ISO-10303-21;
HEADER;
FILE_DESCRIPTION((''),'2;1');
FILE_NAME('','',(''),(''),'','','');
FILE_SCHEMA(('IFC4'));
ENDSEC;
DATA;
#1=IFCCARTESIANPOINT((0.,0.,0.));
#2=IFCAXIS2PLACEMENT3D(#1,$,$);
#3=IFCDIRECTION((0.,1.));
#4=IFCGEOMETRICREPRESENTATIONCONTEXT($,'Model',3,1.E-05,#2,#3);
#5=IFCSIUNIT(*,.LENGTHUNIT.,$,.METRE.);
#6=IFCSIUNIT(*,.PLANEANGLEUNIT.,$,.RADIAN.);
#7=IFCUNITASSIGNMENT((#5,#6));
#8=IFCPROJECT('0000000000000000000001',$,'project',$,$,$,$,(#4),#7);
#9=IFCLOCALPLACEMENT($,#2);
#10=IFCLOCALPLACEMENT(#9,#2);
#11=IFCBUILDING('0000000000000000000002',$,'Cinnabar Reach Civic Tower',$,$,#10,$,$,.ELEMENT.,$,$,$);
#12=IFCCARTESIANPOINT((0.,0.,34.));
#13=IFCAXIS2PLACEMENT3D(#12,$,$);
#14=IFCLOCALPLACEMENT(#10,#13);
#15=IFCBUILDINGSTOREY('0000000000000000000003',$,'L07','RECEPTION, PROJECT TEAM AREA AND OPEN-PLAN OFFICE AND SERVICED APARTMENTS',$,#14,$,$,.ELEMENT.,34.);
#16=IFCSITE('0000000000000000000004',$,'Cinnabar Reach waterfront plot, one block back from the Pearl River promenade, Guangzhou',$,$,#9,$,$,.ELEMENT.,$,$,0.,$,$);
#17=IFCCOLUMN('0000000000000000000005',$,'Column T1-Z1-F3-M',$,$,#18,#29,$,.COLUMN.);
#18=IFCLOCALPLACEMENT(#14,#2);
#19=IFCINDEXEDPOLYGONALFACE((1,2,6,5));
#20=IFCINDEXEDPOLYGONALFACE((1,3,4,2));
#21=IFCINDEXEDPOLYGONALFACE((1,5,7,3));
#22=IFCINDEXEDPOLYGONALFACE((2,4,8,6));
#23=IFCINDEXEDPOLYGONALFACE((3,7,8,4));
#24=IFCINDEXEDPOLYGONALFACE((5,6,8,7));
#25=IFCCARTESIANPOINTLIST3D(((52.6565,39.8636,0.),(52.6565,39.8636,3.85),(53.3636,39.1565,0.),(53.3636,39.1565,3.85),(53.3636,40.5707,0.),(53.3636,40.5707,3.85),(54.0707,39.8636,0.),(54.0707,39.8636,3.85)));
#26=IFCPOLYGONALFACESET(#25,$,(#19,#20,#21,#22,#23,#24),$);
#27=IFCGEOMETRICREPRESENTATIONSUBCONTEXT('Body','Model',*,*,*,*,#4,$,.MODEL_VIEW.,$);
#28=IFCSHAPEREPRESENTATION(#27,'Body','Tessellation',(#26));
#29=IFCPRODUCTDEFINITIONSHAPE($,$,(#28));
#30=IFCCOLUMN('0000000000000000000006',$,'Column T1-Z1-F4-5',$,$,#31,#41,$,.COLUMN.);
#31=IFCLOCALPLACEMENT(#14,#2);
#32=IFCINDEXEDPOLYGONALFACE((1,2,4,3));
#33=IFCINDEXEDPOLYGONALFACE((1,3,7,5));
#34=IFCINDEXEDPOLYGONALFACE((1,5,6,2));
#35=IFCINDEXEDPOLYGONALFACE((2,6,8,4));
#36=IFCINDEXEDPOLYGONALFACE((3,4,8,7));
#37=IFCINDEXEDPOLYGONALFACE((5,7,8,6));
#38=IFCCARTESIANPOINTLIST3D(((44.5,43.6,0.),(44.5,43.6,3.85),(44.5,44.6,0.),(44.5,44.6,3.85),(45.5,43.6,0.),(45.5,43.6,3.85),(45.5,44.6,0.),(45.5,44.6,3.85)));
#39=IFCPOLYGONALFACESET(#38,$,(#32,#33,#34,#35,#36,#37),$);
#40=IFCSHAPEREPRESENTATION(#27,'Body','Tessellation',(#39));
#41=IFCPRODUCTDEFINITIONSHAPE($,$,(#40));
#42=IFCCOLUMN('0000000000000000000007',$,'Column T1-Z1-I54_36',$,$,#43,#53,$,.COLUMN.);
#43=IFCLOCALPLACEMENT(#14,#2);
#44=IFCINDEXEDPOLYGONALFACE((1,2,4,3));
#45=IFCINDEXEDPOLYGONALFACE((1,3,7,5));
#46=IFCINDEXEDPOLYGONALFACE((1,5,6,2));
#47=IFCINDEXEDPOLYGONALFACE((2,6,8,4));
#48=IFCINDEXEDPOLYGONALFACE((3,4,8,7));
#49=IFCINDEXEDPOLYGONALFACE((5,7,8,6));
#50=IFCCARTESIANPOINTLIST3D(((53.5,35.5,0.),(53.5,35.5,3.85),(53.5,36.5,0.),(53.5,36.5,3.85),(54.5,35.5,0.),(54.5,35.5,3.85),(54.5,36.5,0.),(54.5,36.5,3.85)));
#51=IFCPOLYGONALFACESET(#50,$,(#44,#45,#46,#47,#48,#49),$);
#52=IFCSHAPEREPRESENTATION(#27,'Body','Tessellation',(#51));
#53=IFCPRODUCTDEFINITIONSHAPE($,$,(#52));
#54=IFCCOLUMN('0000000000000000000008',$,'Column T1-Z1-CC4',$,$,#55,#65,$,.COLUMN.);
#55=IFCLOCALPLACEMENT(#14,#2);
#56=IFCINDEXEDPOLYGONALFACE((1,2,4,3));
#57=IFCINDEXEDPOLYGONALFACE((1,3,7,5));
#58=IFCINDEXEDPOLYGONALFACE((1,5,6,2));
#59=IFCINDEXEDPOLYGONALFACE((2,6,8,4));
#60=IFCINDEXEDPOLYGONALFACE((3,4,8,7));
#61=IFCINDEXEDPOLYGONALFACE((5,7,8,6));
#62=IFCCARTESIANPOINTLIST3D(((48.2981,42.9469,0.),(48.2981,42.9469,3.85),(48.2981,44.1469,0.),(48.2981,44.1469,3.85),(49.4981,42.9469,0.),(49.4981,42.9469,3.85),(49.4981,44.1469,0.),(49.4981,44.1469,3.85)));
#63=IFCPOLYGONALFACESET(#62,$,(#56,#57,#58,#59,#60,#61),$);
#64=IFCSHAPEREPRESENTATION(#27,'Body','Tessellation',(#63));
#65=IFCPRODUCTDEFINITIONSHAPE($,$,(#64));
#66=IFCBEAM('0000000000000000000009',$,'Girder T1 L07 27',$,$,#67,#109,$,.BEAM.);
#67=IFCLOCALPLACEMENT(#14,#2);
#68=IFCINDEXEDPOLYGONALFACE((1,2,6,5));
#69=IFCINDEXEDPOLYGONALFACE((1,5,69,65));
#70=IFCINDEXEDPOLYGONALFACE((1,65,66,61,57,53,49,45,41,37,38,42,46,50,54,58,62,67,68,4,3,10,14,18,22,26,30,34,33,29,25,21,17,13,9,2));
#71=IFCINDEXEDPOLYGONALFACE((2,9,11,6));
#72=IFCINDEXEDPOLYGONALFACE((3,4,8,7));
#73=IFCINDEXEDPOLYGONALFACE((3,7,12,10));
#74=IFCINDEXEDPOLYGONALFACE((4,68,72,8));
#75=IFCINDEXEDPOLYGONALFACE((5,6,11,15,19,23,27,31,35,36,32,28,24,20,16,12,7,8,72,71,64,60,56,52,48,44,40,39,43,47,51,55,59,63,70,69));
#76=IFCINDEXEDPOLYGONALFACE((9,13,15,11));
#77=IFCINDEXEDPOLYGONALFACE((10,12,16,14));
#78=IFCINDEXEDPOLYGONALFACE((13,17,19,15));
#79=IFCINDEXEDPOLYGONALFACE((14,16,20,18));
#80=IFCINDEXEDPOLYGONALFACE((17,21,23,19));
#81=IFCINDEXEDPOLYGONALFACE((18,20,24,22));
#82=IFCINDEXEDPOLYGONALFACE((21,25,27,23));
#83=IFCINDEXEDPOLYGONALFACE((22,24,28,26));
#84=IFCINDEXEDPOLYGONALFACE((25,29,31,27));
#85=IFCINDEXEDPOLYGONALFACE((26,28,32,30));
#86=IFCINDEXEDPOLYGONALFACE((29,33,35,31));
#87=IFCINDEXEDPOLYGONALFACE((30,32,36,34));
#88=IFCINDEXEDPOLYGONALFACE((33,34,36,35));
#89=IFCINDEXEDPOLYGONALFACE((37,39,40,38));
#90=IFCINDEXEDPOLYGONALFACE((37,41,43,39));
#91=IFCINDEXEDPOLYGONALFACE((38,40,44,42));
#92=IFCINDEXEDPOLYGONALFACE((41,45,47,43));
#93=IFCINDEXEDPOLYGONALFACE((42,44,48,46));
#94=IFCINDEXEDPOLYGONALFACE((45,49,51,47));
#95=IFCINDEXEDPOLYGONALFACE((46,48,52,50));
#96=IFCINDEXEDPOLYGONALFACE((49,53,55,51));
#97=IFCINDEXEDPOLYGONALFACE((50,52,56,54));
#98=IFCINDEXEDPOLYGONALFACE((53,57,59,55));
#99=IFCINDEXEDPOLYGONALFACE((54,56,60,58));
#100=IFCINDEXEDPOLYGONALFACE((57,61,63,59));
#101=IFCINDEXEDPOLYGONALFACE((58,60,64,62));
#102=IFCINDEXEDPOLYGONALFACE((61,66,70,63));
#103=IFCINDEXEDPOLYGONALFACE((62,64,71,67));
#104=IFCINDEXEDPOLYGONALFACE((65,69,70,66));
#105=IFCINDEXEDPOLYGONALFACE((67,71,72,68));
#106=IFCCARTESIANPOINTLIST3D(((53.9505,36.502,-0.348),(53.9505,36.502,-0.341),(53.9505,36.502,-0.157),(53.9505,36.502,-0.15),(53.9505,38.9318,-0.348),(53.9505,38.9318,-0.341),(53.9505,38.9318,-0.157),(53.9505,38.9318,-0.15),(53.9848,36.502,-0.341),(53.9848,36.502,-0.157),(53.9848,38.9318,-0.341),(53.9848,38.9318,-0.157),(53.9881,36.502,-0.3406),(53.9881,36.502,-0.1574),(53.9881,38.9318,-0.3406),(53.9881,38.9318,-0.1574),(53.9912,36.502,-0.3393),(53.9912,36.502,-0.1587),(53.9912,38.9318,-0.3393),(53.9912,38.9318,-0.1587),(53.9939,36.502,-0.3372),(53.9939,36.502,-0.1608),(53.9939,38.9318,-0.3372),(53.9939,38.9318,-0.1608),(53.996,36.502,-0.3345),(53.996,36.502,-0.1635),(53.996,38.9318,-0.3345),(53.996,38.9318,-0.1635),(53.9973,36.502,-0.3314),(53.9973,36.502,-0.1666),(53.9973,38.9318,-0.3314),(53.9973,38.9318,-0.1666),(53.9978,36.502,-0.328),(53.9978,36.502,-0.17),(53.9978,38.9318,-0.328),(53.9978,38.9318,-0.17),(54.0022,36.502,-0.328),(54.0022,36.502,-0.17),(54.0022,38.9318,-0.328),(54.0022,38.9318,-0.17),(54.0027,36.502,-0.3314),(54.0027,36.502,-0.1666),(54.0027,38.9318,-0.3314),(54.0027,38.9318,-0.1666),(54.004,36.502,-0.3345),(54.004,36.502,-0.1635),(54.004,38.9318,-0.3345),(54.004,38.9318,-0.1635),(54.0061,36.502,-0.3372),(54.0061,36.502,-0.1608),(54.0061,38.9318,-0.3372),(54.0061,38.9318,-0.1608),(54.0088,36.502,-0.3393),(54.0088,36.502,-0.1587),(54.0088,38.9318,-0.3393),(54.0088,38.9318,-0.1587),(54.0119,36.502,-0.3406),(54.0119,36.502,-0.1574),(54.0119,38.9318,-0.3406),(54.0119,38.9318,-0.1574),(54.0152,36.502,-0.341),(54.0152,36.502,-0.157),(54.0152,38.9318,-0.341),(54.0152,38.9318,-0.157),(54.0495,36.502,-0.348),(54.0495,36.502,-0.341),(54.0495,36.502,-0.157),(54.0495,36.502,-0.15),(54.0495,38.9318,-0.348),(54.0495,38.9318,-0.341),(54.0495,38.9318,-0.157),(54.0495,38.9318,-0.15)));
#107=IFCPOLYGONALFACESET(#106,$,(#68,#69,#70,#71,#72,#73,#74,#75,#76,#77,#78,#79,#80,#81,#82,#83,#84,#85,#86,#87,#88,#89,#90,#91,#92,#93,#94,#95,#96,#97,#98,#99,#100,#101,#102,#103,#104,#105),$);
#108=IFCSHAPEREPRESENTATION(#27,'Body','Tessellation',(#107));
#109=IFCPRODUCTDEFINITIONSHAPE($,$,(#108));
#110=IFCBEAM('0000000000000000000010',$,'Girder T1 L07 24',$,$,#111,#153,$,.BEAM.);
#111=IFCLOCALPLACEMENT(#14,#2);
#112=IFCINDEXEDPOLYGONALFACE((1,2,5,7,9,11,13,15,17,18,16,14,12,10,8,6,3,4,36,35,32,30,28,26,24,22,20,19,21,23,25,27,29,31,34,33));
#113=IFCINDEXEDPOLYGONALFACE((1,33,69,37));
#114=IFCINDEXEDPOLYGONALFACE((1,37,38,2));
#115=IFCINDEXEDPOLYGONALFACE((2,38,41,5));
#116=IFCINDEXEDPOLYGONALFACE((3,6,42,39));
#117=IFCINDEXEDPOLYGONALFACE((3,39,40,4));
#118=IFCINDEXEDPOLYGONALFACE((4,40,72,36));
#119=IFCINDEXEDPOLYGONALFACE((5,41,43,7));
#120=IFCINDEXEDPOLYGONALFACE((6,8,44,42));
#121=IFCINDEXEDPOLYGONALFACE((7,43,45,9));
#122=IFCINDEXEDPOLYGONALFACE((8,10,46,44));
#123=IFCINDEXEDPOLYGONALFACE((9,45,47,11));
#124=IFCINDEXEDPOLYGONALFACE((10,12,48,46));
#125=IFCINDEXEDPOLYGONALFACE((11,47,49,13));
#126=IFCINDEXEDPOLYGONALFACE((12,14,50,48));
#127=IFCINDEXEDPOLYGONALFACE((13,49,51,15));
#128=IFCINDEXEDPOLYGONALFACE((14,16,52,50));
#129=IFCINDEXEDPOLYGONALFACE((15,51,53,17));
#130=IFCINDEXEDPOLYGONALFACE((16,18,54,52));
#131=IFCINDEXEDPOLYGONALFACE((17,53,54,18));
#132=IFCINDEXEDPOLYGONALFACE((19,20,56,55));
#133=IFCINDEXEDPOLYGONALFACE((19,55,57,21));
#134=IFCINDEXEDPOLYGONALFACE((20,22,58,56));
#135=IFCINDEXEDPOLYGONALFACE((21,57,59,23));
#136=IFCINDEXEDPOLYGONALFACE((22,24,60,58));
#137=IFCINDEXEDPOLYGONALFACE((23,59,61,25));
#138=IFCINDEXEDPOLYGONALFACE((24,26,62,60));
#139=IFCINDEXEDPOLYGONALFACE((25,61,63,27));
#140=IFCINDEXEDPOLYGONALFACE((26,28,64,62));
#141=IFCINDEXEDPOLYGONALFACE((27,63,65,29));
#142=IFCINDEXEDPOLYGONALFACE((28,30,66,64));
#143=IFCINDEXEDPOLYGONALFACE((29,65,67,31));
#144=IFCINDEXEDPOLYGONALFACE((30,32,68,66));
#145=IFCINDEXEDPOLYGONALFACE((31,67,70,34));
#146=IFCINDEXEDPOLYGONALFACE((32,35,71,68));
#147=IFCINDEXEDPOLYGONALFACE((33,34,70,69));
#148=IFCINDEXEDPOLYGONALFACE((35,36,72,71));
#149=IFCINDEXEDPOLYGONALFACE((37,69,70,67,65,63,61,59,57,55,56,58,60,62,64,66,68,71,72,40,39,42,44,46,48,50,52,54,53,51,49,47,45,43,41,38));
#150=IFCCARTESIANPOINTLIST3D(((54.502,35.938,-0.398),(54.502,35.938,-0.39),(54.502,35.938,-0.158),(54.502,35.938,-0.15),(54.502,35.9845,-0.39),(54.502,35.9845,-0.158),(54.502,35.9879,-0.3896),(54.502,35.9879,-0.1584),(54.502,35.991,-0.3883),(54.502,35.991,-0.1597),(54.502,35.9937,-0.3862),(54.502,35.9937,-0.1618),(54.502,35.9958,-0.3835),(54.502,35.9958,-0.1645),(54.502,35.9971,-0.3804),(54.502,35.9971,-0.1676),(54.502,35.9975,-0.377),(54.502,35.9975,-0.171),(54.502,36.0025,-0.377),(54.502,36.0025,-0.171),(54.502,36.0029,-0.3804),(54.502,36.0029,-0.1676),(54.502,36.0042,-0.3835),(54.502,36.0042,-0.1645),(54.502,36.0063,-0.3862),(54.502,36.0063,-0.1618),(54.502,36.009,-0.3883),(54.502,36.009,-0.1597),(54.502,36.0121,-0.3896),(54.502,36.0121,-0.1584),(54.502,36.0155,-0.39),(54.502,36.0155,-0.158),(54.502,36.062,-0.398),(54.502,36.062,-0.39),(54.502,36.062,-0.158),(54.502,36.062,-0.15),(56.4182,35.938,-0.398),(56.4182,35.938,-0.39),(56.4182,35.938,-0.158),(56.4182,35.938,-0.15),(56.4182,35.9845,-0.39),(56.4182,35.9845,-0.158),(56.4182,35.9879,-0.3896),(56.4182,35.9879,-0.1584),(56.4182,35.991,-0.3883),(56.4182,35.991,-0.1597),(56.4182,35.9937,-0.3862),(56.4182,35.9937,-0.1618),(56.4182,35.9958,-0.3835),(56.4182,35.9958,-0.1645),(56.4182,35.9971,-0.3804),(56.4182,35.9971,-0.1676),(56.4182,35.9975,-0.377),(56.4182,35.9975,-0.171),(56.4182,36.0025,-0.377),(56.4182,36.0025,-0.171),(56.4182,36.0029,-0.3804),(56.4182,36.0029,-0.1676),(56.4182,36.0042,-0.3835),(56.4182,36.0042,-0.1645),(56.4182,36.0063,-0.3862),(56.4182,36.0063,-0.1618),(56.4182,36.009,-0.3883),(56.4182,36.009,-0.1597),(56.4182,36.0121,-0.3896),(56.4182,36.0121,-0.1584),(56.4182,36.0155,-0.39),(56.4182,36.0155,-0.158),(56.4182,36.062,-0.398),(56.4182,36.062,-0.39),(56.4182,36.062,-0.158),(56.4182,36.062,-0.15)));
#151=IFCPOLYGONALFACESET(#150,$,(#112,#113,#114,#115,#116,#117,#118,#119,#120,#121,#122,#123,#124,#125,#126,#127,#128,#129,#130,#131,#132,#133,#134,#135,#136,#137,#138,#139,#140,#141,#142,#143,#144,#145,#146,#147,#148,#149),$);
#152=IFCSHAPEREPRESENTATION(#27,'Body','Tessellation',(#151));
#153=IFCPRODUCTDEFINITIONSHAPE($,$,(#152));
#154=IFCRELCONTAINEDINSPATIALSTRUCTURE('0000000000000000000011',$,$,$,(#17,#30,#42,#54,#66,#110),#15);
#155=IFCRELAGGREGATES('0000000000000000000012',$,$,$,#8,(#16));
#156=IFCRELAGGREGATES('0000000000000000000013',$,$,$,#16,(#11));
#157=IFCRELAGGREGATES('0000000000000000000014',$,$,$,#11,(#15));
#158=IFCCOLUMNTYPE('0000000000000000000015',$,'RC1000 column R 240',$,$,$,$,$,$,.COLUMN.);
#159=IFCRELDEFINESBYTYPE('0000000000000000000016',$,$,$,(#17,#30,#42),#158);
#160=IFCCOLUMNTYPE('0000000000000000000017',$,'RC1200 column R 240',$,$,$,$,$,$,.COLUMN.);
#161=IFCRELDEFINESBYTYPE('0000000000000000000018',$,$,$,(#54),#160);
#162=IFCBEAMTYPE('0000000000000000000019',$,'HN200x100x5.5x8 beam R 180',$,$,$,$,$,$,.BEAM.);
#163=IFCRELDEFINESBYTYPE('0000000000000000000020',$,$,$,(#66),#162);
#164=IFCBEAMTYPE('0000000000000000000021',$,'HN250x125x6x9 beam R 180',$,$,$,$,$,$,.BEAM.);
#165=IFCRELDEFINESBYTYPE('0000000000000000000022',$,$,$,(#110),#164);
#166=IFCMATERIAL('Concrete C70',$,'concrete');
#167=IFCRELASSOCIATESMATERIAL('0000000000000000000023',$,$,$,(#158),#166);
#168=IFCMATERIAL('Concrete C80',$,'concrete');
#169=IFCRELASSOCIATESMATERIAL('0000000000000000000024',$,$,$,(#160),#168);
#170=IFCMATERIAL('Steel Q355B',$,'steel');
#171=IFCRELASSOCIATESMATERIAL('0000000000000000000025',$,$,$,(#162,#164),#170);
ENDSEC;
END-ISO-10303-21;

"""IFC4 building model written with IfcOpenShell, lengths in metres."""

from ifc_helpers import new_model, si_unit, direction, frame, origin, origin_2d, place, context, subcontext, project, spatial, rectangle, i_section, extrude, material, material_profile, profile_set, type_object, element, save


model = new_model("IFC4")

# Units and contexts
model_context = context("Model", 3, precision=1e-05, world=origin(), true_north=direction((0.0, 1.0)))
body_context = subcontext(model_context, "Body", "Model", "MODEL_VIEW")
ifc_project = project(units=[si_unit("LENGTHUNIT", "METRE"), si_unit("PLANEANGLEUNIT", "RADIAN")], contexts=[model_context])

# Site, building, storey
site_placement = place(None, origin())
site = spatial("IfcSite", under=ifc_project, at=site_placement, Name="Cinnabar Reach waterfront plot, one block back from the Pearl River promenade, Guangzhou", CompositionType="ELEMENT", RefElevation=0.0)
building_placement = place(site_placement, origin())
building = spatial("IfcBuilding", under=site, at=building_placement, Name="Cinnabar Reach Civic Tower", CompositionType="ELEMENT")
storey_placement = place(building_placement, frame((0.0, 0.0, 34.0)))
storey = spatial("IfcBuildingStorey", under=building, at=storey_placement, Name="L07", Description="RECEPTION, PROJECT TEAM AREA AND OPEN-PLAN OFFICE AND SERVICED APARTMENTS", CompositionType="ELEMENT", Elevation=34.0)

# Columns
ifc_material_1 = material(Name="Concrete C70", Category="concrete")
ifc_material_profile_1 = material_profile(ifc_material_1, rectangle(XDim=1.0, YDim=1.0, at=origin_2d()), Name="RC1000")
ifc_profile_set_1 = profile_set([ifc_material_profile_1], Name="Concrete C70")
column_type_1 = type_object("IfcColumnType", Name="RC1000 column R 240", PredefinedType="COLUMN", material=ifc_profile_set_1)
for number, where, z_axis, x_axis, name in (
    (1, (53.3636, 39.8636, 0.0), (0.0, 0.0, 1.0), (0.707107, 0.707107, 0.0), "Column T1-Z1-F3-M"),
    (2, (45.0, 44.1, 0.0), (0.0, 0.0, 1.0), (1.0, 0.0, 0.0), "Column T1-Z1-F4-5"),
    (3, (54.0, 36.0, 0.0), (0.0, 0.0, 1.0), (1.0, 0.0, 0.0), "Column T1-Z1-I54_36"),
):
    element("IfcColumn", number, at=place(storey_placement, frame(where, z_axis=z_axis, x_axis=x_axis)), inside=storey, type_object=column_type_1, Name=name, PredefinedType="COLUMN", context=body_context, shape_type="SweptSolid", body=[
        extrude(rectangle(XDim=1.0, YDim=1.0, at=origin_2d()), origin(), (0.0, 0.0, 1.0), 3.85),
    ])
ifc_material_2 = material(Name="Concrete C80", Category="concrete")
ifc_material_profile_2 = material_profile(ifc_material_2, rectangle(XDim=1.2, YDim=1.2, at=origin_2d()), Name="RC1200")
ifc_profile_set_2 = profile_set([ifc_material_profile_2], Name="Concrete C80")
column_type_2 = type_object("IfcColumnType", Name="RC1200 column R 240", PredefinedType="COLUMN", material=ifc_profile_set_2)
column_placement = place(storey_placement, frame((48.8981, 43.5469, 0.0), z_axis=(0.0, 0.0, 1.0), x_axis=(1.0, 0.0, 0.0)))
element("IfcColumn", 4, at=column_placement, inside=storey, type_object=column_type_2, Name="Column T1-Z1-CC4", PredefinedType="COLUMN", context=body_context, shape_type="SweptSolid", body=[
    extrude(rectangle(XDim=1.2, YDim=1.2, at=origin_2d()), origin(), (0.0, 0.0, 1.0), 3.85),
])

# Beams
ifc_material_3 = material(Name="Steel Q355B", Category="steel")
ifc_material_profile_3 = material_profile(ifc_material_3, i_section(OverallWidth=0.099, OverallDepth=0.198, WebThickness=0.0045, FlangeThickness=0.007, FilletRadius=0.013, at=origin_2d()), Name="HN200x100x5.5x8")
ifc_profile_set_3 = profile_set([ifc_material_profile_3], Name="Steel Q355B")
beam_type_1 = type_object("IfcBeamType", Name="HN200x100x5.5x8 beam R 180", PredefinedType="BEAM", material=ifc_profile_set_3)
beam_1_placement = place(storey_placement, frame((54.0, 36.502, -0.249), z_axis=(0.0, 1.0, 0.0), x_axis=(-1.0, 0.0, 0.0)))
element("IfcBeam", 5, at=beam_1_placement, inside=storey, type_object=beam_type_1, Name="Girder T1 L07 27", PredefinedType="BEAM", context=body_context, shape_type="SweptSolid", body=[
    extrude(i_section(OverallWidth=0.099, OverallDepth=0.198, WebThickness=0.0045, FlangeThickness=0.007, FilletRadius=0.013, at=origin_2d()), origin(), (0.0, 0.0, 1.0), 2.4298),
])
ifc_material_profile_4 = material_profile(ifc_material_3, i_section(OverallWidth=0.124, OverallDepth=0.248, WebThickness=0.005, FlangeThickness=0.008, FilletRadius=0.013, at=origin_2d()), Name="HN250x125x6x9")
ifc_profile_set_4 = profile_set([ifc_material_profile_4], Name="Steel Q355B")
beam_type_2 = type_object("IfcBeamType", Name="HN250x125x6x9 beam R 180", PredefinedType="BEAM", material=ifc_profile_set_4)
beam_2_placement = place(storey_placement, frame((54.502, 36.0, -0.274), z_axis=(1.0, 0.0, 0.0), x_axis=(0.0, 1.0, 0.0)))
element("IfcBeam", 6, at=beam_2_placement, inside=storey, type_object=beam_type_2, Name="Girder T1 L07 24", PredefinedType="BEAM", context=body_context, shape_type="SweptSolid", body=[
    extrude(i_section(OverallWidth=0.124, OverallDepth=0.248, WebThickness=0.005, FlangeThickness=0.008, FilletRadius=0.013, at=origin_2d()), origin(), (0.0, 0.0, 1.0), 1.9162),
])

save(model, "model.ifc")
